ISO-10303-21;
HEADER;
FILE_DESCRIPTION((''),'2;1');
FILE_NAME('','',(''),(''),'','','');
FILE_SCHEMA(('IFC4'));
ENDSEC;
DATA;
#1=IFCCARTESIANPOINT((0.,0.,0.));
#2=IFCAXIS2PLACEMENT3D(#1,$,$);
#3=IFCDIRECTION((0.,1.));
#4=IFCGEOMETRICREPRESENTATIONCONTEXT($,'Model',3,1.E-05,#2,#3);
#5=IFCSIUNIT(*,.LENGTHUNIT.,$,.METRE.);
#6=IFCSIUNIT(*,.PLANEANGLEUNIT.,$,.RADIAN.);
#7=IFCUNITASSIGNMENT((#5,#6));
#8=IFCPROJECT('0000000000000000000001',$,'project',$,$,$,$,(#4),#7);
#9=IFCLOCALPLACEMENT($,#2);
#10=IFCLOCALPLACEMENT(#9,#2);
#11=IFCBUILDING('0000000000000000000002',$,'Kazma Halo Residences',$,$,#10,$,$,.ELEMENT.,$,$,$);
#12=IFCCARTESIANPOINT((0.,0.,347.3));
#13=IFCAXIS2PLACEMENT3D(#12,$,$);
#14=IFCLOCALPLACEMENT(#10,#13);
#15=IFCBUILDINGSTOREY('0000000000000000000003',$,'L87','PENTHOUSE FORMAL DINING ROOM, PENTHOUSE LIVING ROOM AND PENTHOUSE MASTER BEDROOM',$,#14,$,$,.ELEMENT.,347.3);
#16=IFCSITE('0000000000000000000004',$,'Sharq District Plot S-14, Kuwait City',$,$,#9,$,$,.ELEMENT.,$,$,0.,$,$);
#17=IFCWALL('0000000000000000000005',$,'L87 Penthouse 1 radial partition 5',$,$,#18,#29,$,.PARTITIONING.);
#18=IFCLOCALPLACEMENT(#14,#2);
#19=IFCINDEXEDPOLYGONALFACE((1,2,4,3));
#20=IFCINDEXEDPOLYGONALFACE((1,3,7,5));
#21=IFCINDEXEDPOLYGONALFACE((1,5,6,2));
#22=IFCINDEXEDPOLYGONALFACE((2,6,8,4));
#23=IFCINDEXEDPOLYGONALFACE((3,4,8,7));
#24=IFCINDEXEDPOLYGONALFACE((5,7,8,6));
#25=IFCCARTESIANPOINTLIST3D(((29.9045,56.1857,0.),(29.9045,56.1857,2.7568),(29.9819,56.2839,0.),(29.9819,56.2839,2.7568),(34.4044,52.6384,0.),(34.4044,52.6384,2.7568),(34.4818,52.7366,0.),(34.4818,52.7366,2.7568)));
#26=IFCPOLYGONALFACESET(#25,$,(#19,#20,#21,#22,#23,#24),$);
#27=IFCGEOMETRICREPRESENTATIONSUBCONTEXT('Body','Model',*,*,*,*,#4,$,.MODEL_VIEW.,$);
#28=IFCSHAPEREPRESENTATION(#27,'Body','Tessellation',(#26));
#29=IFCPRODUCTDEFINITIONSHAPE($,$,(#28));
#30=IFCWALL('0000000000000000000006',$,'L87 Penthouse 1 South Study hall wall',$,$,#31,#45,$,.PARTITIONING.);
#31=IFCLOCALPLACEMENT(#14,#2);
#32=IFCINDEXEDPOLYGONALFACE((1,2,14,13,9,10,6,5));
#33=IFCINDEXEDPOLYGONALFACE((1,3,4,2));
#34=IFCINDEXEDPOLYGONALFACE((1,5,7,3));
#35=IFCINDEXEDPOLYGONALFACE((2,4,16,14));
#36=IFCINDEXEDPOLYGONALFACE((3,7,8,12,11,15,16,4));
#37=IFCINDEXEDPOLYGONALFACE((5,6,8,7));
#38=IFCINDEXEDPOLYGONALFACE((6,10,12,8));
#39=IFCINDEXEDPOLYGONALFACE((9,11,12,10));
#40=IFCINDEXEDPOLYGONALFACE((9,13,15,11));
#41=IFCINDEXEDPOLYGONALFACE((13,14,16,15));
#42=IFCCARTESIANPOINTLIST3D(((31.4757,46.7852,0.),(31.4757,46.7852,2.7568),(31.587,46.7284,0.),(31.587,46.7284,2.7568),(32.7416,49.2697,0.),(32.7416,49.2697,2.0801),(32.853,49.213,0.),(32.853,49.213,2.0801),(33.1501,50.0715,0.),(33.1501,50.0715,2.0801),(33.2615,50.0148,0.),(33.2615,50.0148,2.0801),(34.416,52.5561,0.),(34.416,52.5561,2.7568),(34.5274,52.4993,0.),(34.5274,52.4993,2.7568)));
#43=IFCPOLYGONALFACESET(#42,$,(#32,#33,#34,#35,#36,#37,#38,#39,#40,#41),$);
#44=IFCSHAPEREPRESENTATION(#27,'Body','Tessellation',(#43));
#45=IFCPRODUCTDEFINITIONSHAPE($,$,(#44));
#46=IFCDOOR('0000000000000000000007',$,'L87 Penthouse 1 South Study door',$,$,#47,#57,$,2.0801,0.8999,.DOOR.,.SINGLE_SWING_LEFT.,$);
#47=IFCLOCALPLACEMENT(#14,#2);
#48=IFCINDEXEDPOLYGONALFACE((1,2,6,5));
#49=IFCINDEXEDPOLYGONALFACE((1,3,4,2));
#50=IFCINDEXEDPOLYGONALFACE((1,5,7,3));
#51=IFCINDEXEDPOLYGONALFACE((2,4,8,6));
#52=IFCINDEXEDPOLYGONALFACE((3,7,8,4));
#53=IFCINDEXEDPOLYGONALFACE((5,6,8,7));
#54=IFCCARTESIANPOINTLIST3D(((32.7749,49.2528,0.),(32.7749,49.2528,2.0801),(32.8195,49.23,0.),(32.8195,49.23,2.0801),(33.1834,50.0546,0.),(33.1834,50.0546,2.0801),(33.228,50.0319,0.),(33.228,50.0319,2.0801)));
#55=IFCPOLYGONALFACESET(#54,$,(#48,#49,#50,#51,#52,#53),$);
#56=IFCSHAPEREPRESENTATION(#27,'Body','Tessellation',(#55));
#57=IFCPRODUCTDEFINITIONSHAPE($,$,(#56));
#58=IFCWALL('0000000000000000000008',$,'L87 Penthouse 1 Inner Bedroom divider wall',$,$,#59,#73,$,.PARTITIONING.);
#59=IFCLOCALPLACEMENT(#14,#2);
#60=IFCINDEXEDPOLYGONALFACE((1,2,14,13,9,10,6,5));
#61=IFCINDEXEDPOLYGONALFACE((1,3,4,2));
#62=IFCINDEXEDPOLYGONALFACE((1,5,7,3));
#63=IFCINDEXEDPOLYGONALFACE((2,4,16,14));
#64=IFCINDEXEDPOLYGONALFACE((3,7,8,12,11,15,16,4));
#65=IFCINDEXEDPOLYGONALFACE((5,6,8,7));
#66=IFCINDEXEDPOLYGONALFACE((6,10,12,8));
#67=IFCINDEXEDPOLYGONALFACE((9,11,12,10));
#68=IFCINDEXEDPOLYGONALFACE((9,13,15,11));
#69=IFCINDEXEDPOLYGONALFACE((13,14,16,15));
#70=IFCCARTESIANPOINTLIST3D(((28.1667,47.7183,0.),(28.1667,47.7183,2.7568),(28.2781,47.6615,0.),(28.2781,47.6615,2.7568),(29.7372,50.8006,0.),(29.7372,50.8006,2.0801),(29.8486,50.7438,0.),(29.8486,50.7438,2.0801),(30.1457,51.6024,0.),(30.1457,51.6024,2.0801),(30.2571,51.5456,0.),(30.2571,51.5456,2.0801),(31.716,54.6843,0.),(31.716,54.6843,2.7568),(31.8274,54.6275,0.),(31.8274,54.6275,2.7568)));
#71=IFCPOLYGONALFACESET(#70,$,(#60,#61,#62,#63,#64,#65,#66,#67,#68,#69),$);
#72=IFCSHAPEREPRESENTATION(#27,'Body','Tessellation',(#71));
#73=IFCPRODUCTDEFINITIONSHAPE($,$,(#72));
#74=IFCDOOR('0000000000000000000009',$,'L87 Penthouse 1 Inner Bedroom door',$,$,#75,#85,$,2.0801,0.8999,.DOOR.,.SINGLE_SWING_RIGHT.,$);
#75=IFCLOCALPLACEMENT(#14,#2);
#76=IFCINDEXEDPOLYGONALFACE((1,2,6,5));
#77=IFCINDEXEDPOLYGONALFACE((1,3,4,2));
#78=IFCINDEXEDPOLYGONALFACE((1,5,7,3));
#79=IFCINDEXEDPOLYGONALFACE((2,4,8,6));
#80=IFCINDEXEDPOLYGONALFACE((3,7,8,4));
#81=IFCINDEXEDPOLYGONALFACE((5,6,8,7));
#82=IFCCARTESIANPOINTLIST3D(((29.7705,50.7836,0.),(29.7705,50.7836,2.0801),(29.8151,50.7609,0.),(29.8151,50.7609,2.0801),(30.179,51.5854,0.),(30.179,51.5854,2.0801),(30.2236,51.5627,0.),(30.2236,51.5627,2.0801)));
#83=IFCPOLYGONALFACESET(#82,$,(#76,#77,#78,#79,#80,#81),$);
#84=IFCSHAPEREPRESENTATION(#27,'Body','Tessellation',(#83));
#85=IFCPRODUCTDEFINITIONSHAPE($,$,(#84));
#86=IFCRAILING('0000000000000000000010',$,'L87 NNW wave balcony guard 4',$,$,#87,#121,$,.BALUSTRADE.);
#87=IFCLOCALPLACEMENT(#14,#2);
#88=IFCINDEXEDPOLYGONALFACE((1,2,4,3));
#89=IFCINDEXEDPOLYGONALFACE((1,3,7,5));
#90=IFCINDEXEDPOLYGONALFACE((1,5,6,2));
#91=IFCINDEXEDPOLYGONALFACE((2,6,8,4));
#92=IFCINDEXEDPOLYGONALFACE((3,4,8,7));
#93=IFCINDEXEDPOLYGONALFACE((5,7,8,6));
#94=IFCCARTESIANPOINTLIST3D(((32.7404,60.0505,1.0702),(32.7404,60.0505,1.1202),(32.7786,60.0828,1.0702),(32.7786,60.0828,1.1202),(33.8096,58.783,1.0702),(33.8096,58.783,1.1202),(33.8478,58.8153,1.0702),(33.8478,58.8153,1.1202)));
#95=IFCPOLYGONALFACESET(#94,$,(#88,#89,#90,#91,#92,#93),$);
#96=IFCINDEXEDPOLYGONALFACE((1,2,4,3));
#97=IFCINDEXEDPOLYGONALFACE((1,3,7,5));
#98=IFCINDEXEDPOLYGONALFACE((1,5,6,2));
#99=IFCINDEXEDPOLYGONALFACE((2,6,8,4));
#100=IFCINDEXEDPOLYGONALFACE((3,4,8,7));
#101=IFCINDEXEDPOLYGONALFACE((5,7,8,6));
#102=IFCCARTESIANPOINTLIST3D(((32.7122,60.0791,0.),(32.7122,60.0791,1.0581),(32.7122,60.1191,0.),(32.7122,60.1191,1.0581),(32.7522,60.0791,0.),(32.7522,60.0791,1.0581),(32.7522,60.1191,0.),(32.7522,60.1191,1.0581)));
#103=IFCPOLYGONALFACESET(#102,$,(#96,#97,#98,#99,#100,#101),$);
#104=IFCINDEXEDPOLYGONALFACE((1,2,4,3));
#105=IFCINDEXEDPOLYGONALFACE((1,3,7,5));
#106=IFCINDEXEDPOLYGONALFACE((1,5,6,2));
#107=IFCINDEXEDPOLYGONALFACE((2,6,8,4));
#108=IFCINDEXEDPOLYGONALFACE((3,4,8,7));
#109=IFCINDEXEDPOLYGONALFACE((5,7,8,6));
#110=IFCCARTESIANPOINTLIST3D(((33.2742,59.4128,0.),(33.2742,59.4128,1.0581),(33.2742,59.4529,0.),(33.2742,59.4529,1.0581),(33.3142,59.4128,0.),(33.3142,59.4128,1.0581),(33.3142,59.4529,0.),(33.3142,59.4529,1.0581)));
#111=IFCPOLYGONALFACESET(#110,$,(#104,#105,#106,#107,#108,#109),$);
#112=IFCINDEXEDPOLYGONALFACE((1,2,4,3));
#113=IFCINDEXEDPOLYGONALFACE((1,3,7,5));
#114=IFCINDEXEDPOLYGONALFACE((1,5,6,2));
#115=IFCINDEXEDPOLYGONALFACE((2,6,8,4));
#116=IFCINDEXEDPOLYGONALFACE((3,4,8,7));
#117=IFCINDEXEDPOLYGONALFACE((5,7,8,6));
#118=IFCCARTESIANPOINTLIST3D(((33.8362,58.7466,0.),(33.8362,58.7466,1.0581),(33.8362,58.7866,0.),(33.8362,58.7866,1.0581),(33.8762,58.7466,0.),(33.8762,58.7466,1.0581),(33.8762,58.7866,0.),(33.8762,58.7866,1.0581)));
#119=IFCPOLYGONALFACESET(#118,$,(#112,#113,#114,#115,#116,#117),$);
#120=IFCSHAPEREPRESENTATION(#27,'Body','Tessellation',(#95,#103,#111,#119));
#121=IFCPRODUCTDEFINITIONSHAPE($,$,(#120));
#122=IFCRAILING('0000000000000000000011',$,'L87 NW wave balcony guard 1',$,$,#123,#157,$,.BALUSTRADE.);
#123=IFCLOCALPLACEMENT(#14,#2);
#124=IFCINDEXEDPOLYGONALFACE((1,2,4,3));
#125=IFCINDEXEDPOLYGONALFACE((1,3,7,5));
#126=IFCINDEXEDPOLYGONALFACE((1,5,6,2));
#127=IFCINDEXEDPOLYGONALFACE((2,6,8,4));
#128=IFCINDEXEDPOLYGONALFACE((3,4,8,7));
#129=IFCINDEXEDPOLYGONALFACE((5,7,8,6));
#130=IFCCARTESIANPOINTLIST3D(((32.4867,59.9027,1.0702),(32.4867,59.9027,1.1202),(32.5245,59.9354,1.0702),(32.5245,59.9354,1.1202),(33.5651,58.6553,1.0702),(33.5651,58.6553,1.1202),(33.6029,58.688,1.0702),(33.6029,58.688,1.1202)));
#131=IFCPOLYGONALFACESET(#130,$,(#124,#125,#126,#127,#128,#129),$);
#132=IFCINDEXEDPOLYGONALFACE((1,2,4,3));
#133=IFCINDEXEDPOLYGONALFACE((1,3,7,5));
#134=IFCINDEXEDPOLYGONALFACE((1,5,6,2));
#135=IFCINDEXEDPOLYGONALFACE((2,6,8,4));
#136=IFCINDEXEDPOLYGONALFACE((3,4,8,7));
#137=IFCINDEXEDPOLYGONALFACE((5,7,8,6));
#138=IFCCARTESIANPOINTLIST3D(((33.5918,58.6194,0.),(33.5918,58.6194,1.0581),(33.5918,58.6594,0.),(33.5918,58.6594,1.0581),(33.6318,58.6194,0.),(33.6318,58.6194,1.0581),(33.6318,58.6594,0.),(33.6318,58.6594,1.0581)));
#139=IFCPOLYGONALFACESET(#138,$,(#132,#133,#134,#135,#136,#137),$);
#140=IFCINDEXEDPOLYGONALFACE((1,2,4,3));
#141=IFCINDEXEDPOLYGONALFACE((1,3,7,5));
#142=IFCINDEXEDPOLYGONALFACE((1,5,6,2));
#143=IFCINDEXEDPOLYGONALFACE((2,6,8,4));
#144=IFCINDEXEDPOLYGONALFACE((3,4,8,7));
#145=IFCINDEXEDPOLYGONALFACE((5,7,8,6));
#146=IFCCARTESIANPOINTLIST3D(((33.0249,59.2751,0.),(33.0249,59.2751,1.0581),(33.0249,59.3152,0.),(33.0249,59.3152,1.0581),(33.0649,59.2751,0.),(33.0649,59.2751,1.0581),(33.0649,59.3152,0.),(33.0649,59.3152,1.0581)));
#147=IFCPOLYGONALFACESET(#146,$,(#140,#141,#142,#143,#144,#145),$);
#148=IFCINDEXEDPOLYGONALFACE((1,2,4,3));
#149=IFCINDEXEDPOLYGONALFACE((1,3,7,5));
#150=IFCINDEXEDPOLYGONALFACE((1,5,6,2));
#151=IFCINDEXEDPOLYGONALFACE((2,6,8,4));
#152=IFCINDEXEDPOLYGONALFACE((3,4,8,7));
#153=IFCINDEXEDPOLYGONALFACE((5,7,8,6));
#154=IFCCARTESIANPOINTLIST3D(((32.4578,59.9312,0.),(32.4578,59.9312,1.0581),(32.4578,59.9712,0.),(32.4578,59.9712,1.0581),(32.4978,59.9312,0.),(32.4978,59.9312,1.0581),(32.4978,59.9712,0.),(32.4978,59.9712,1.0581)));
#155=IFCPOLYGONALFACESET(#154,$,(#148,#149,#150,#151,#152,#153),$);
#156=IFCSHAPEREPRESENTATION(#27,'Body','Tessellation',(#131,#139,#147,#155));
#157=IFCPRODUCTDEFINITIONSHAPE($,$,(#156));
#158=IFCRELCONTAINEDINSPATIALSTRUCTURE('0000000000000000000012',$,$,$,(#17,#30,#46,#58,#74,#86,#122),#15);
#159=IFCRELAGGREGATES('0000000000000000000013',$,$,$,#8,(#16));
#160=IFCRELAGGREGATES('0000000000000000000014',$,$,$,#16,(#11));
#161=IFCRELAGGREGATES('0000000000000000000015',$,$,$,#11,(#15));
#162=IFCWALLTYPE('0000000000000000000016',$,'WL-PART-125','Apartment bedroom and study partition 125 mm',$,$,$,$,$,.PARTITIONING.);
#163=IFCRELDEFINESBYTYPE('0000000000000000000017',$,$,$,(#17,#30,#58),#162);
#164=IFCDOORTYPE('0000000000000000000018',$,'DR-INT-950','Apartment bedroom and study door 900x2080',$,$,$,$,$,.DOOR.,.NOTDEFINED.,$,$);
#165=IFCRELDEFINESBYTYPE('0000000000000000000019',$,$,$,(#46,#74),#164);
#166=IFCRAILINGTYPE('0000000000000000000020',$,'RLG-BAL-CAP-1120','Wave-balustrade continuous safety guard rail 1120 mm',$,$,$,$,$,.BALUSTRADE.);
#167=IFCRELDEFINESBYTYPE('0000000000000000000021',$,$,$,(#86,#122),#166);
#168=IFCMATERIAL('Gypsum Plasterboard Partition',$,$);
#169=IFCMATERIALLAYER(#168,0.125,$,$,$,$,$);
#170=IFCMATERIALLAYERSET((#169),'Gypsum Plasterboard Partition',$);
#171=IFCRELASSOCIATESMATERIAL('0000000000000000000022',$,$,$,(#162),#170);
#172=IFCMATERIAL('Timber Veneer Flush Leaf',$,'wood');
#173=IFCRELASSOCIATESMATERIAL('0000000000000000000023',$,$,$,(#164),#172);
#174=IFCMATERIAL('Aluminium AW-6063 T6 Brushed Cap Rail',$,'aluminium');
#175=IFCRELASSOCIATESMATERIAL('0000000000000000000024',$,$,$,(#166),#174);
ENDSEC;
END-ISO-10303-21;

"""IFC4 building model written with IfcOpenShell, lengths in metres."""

from ifc_helpers import new_model, si_unit, direction, frame, frame_2d, origin, origin_2d, place, context, subcontext, project, spatial, rectangle, extrude, material, layer, layer_set, type_object, element, fill, save


model = new_model("IFC4")

# Units and contexts
model_context = context("Model", 3, precision=1e-05, world=origin(), true_north=direction((0.0, 1.0)))
body_context = subcontext(model_context, "Body", "Model", "MODEL_VIEW")
ifc_project = project(units=[si_unit("LENGTHUNIT", "METRE"), si_unit("PLANEANGLEUNIT", "RADIAN")], contexts=[model_context])

# Site, building, storey
site_placement = place(None, origin())
site = spatial("IfcSite", under=ifc_project, at=site_placement, Name="Sharq District Plot S-14, Kuwait City", CompositionType="ELEMENT", RefElevation=0.0)
building_placement = place(site_placement, origin())
building = spatial("IfcBuilding", under=site, at=building_placement, Name="Kazma Halo Residences", CompositionType="ELEMENT")
storey_placement = place(building_placement, frame((0.0, 0.0, 347.3)))
storey = spatial("IfcBuildingStorey", under=building, at=storey_placement, Name="L87", Description="PENTHOUSE FORMAL DINING ROOM, PENTHOUSE LIVING ROOM AND PENTHOUSE MASTER BEDROOM", CompositionType="ELEMENT", Elevation=347.3)

# Wall
ifc_material_1 = material(Name="Gypsum Plasterboard Partition")
ifc_layer_1 = layer(ifc_material_1, 0.125)
ifc_layer_set_1 = layer_set([ifc_layer_1], Name="Gypsum Plasterboard Partition")
wall_type_1 = type_object("IfcWallType", Name="WL-PART-125", Description="Apartment bedroom and study partition 125 mm", PredefinedType="PARTITIONING", material=ifc_layer_set_1)
wall_1_placement = place(storey_placement, frame((34.4431, 52.6875, 0.0), z_axis=(0.0, 0.0, 1.0), x_axis=(-0.78533, 0.619078, 0.0)))
element("IfcWall", 1, at=wall_1_placement, inside=storey, type_object=wall_type_1, Name="L87 Penthouse 1 radial partition 5", PredefinedType="PARTITIONING", context=body_context, shape_type="SweptSolid", body=[
    extrude(rectangle(XDim=5.73, YDim=0.125, at=frame_2d((2.865, 0.0))), origin(), (0.0, 0.0, 1.0), 2.7568),
])

# Walls, openings, doors
wall_2_placement = place(storey_placement, frame((34.4717, 52.5276, 0.0), z_axis=(0.0, 0.0, 1.0), x_axis=(-0.453986, -0.891009, 0.0)))
wall_2 = element("IfcWall", 2, at=wall_2_placement, inside=storey, type_object=wall_type_1, Name="L87 Penthouse 1 South Study hall wall", PredefinedType="PARTITIONING", context=body_context, shape_type="SweptSolid", body=[
    extrude(rectangle(XDim=6.4768, YDim=0.125, at=frame_2d((3.2383, 0.0))), origin(), (0.0, 0.0, 1.0), 2.7568),
])
opening_1_placement = place(wall_2_placement, frame((2.7883, 0.0, 0.0)))
opening_1 = element("IfcOpeningElement", 3, at=opening_1_placement, cuts=wall_2, PredefinedType="OPENING", context=body_context, shape_type="SweptSolid", body=[
    extrude(rectangle(XDim=0.8999, YDim=2.0801, at=frame_2d((0.45, 1.04))), frame((0.0, 0.0725, 0.0), z_axis=(0.0, -1.0, 0.0), x_axis=(1.0, 0.0, 0.0)), (0.0, 0.0, 1.0), 0.145),
])
ifc_material_2 = material(Name="Timber Veneer Flush Leaf", Category="wood")
door_type_1 = type_object("IfcDoorType", Name="DR-INT-950", Description="Apartment bedroom and study door 900x2080", OperationType="NOTDEFINED", PredefinedType="DOOR", material=ifc_material_2)
door_1_placement = place(opening_1_placement, origin())
door_1 = element("IfcDoor", 4, at=door_1_placement, inside=storey, type_object=door_type_1, Name="L87 Penthouse 1 South Study door", OperationType="SINGLE_SWING_LEFT", OverallHeight=2.0801, OverallWidth=0.8999, PredefinedType="DOOR", context=body_context, shape_type="SweptSolid", body=[
    extrude(rectangle(XDim=0.8999, YDim=2.0801, at=frame_2d((0.45, 1.04))), frame((0.0, 0.0249, 0.0), z_axis=(0.0, -1.0, 0.0), x_axis=(1.0, 0.0, 0.0)), (0.0, 0.0, 1.0), 0.05),
])
fill(opening_1, door_1)
wall_3_placement = place(storey_placement, frame((31.7717, 54.656, 0.0), z_axis=(0.0, 0.0, 1.0), x_axis=(-0.453983, -0.89101, 0.0)))
wall_3 = element("IfcWall", 5, at=wall_3_placement, inside=storey, type_object=wall_type_1, Name="L87 Penthouse 1 Inner Bedroom divider wall", PredefinedType="PARTITIONING", context=body_context, shape_type="SweptSolid", body=[
    extrude(rectangle(XDim=7.8181, YDim=0.125, at=frame_2d((3.9092, 0.0))), origin(), (0.0, 0.0, 1.0), 2.7568),
])
opening_2_placement = place(wall_3_placement, frame((3.459, 0.0, 0.0)))
opening_2 = element("IfcOpeningElement", 6, at=opening_2_placement, cuts=wall_3, PredefinedType="OPENING", context=body_context, shape_type="SweptSolid", body=[
    extrude(rectangle(XDim=0.8999, YDim=2.0801, at=frame_2d((0.45, 1.04))), frame((0.0, 0.0725, 0.0), z_axis=(0.0, -1.0, 0.0), x_axis=(1.0, 0.0, 0.0)), (0.0, 0.0, 1.0), 0.145),
])
door_2_placement = place(opening_2_placement, origin())
door_2 = element("IfcDoor", 7, at=door_2_placement, inside=storey, type_object=door_type_1, Name="L87 Penthouse 1 Inner Bedroom door", OperationType="SINGLE_SWING_RIGHT", OverallHeight=2.0801, OverallWidth=0.8999, PredefinedType="DOOR", context=body_context, shape_type="SweptSolid", body=[
    extrude(rectangle(XDim=0.8999, YDim=2.0801, at=frame_2d((0.45, 1.04))), frame((0.0, 0.0249, 0.0), z_axis=(0.0, -1.0, 0.0), x_axis=(1.0, 0.0, 0.0)), (0.0, 0.0, 1.0), 0.05),
])
fill(opening_2, door_2)

# Railings
ifc_material_3 = material(Name="Aluminium AW-6063 T6 Brushed Cap Rail", Category="aluminium")
railing_type = type_object("IfcRailingType", Name="RLG-BAL-CAP-1120", Description="Wave-balustrade continuous safety guard rail 1120 mm", PredefinedType="BALUSTRADE", material=ifc_material_3)
railing_1_placement = place(storey_placement, frame((32.7322, 60.0991, 0.0)))
element("IfcRailing", 8, at=railing_1_placement, inside=storey, type_object=railing_type, Name="L87 NNW wave balcony guard 4", PredefinedType="BALUSTRADE", context=body_context, shape_type="SweptSolid", body=[
    extrude(rectangle(XDim=0.05, YDim=0.05, at=origin_2d()), frame((0.0273, -0.0325, 1.0952), z_axis=(0.644774, -0.764373, 0.0), x_axis=(0.764373, 0.644774, 0.0)), (0.0, 0.0, 1.0), 1.6582),
    extrude(rectangle(XDim=0.04, YDim=0.04, at=origin_2d()), origin(), (0.0, 0.0, 1.0), 1.0581),
    extrude(rectangle(XDim=0.04, YDim=0.04, at=origin_2d()), frame((0.562, -0.6663, 0.0)), (0.0, 0.0, 1.0), 1.0581),
    extrude(rectangle(XDim=0.04, YDim=0.04, at=origin_2d()), frame((1.124, -1.3325, 0.0)), (0.0, 0.0, 1.0), 1.0581),
])
railing_2_placement = place(storey_placement, frame((33.6118, 58.6394, 0.0)))
element("IfcRailing", 9, at=railing_2_placement, inside=storey, type_object=railing_type, Name="L87 NW wave balcony guard 1", PredefinedType="BALUSTRADE", context=body_context, shape_type="SweptSolid", body=[
    extrude(rectangle(XDim=0.05, YDim=0.05, at=origin_2d()), frame((-0.0278, 0.0322, 1.0952), z_axis=(-0.653997, 0.756497, 0.0), x_axis=(-0.756497, -0.653997, 0.0)), (0.0, 0.0, 1.0), 1.6489),
    extrude(rectangle(XDim=0.04, YDim=0.04, at=origin_2d()), origin(), (0.0, 0.0, 1.0), 1.0581),
    extrude(rectangle(XDim=0.04, YDim=0.04, at=origin_2d()), frame((-0.5669, 0.6558, 0.0)), (0.0, 0.0, 1.0), 1.0581),
    extrude(rectangle(XDim=0.04, YDim=0.04, at=origin_2d()), frame((-1.134, 1.3118, 0.0)), (0.0, 0.0, 1.0), 1.0581),
])

save(model, "model.ifc")
